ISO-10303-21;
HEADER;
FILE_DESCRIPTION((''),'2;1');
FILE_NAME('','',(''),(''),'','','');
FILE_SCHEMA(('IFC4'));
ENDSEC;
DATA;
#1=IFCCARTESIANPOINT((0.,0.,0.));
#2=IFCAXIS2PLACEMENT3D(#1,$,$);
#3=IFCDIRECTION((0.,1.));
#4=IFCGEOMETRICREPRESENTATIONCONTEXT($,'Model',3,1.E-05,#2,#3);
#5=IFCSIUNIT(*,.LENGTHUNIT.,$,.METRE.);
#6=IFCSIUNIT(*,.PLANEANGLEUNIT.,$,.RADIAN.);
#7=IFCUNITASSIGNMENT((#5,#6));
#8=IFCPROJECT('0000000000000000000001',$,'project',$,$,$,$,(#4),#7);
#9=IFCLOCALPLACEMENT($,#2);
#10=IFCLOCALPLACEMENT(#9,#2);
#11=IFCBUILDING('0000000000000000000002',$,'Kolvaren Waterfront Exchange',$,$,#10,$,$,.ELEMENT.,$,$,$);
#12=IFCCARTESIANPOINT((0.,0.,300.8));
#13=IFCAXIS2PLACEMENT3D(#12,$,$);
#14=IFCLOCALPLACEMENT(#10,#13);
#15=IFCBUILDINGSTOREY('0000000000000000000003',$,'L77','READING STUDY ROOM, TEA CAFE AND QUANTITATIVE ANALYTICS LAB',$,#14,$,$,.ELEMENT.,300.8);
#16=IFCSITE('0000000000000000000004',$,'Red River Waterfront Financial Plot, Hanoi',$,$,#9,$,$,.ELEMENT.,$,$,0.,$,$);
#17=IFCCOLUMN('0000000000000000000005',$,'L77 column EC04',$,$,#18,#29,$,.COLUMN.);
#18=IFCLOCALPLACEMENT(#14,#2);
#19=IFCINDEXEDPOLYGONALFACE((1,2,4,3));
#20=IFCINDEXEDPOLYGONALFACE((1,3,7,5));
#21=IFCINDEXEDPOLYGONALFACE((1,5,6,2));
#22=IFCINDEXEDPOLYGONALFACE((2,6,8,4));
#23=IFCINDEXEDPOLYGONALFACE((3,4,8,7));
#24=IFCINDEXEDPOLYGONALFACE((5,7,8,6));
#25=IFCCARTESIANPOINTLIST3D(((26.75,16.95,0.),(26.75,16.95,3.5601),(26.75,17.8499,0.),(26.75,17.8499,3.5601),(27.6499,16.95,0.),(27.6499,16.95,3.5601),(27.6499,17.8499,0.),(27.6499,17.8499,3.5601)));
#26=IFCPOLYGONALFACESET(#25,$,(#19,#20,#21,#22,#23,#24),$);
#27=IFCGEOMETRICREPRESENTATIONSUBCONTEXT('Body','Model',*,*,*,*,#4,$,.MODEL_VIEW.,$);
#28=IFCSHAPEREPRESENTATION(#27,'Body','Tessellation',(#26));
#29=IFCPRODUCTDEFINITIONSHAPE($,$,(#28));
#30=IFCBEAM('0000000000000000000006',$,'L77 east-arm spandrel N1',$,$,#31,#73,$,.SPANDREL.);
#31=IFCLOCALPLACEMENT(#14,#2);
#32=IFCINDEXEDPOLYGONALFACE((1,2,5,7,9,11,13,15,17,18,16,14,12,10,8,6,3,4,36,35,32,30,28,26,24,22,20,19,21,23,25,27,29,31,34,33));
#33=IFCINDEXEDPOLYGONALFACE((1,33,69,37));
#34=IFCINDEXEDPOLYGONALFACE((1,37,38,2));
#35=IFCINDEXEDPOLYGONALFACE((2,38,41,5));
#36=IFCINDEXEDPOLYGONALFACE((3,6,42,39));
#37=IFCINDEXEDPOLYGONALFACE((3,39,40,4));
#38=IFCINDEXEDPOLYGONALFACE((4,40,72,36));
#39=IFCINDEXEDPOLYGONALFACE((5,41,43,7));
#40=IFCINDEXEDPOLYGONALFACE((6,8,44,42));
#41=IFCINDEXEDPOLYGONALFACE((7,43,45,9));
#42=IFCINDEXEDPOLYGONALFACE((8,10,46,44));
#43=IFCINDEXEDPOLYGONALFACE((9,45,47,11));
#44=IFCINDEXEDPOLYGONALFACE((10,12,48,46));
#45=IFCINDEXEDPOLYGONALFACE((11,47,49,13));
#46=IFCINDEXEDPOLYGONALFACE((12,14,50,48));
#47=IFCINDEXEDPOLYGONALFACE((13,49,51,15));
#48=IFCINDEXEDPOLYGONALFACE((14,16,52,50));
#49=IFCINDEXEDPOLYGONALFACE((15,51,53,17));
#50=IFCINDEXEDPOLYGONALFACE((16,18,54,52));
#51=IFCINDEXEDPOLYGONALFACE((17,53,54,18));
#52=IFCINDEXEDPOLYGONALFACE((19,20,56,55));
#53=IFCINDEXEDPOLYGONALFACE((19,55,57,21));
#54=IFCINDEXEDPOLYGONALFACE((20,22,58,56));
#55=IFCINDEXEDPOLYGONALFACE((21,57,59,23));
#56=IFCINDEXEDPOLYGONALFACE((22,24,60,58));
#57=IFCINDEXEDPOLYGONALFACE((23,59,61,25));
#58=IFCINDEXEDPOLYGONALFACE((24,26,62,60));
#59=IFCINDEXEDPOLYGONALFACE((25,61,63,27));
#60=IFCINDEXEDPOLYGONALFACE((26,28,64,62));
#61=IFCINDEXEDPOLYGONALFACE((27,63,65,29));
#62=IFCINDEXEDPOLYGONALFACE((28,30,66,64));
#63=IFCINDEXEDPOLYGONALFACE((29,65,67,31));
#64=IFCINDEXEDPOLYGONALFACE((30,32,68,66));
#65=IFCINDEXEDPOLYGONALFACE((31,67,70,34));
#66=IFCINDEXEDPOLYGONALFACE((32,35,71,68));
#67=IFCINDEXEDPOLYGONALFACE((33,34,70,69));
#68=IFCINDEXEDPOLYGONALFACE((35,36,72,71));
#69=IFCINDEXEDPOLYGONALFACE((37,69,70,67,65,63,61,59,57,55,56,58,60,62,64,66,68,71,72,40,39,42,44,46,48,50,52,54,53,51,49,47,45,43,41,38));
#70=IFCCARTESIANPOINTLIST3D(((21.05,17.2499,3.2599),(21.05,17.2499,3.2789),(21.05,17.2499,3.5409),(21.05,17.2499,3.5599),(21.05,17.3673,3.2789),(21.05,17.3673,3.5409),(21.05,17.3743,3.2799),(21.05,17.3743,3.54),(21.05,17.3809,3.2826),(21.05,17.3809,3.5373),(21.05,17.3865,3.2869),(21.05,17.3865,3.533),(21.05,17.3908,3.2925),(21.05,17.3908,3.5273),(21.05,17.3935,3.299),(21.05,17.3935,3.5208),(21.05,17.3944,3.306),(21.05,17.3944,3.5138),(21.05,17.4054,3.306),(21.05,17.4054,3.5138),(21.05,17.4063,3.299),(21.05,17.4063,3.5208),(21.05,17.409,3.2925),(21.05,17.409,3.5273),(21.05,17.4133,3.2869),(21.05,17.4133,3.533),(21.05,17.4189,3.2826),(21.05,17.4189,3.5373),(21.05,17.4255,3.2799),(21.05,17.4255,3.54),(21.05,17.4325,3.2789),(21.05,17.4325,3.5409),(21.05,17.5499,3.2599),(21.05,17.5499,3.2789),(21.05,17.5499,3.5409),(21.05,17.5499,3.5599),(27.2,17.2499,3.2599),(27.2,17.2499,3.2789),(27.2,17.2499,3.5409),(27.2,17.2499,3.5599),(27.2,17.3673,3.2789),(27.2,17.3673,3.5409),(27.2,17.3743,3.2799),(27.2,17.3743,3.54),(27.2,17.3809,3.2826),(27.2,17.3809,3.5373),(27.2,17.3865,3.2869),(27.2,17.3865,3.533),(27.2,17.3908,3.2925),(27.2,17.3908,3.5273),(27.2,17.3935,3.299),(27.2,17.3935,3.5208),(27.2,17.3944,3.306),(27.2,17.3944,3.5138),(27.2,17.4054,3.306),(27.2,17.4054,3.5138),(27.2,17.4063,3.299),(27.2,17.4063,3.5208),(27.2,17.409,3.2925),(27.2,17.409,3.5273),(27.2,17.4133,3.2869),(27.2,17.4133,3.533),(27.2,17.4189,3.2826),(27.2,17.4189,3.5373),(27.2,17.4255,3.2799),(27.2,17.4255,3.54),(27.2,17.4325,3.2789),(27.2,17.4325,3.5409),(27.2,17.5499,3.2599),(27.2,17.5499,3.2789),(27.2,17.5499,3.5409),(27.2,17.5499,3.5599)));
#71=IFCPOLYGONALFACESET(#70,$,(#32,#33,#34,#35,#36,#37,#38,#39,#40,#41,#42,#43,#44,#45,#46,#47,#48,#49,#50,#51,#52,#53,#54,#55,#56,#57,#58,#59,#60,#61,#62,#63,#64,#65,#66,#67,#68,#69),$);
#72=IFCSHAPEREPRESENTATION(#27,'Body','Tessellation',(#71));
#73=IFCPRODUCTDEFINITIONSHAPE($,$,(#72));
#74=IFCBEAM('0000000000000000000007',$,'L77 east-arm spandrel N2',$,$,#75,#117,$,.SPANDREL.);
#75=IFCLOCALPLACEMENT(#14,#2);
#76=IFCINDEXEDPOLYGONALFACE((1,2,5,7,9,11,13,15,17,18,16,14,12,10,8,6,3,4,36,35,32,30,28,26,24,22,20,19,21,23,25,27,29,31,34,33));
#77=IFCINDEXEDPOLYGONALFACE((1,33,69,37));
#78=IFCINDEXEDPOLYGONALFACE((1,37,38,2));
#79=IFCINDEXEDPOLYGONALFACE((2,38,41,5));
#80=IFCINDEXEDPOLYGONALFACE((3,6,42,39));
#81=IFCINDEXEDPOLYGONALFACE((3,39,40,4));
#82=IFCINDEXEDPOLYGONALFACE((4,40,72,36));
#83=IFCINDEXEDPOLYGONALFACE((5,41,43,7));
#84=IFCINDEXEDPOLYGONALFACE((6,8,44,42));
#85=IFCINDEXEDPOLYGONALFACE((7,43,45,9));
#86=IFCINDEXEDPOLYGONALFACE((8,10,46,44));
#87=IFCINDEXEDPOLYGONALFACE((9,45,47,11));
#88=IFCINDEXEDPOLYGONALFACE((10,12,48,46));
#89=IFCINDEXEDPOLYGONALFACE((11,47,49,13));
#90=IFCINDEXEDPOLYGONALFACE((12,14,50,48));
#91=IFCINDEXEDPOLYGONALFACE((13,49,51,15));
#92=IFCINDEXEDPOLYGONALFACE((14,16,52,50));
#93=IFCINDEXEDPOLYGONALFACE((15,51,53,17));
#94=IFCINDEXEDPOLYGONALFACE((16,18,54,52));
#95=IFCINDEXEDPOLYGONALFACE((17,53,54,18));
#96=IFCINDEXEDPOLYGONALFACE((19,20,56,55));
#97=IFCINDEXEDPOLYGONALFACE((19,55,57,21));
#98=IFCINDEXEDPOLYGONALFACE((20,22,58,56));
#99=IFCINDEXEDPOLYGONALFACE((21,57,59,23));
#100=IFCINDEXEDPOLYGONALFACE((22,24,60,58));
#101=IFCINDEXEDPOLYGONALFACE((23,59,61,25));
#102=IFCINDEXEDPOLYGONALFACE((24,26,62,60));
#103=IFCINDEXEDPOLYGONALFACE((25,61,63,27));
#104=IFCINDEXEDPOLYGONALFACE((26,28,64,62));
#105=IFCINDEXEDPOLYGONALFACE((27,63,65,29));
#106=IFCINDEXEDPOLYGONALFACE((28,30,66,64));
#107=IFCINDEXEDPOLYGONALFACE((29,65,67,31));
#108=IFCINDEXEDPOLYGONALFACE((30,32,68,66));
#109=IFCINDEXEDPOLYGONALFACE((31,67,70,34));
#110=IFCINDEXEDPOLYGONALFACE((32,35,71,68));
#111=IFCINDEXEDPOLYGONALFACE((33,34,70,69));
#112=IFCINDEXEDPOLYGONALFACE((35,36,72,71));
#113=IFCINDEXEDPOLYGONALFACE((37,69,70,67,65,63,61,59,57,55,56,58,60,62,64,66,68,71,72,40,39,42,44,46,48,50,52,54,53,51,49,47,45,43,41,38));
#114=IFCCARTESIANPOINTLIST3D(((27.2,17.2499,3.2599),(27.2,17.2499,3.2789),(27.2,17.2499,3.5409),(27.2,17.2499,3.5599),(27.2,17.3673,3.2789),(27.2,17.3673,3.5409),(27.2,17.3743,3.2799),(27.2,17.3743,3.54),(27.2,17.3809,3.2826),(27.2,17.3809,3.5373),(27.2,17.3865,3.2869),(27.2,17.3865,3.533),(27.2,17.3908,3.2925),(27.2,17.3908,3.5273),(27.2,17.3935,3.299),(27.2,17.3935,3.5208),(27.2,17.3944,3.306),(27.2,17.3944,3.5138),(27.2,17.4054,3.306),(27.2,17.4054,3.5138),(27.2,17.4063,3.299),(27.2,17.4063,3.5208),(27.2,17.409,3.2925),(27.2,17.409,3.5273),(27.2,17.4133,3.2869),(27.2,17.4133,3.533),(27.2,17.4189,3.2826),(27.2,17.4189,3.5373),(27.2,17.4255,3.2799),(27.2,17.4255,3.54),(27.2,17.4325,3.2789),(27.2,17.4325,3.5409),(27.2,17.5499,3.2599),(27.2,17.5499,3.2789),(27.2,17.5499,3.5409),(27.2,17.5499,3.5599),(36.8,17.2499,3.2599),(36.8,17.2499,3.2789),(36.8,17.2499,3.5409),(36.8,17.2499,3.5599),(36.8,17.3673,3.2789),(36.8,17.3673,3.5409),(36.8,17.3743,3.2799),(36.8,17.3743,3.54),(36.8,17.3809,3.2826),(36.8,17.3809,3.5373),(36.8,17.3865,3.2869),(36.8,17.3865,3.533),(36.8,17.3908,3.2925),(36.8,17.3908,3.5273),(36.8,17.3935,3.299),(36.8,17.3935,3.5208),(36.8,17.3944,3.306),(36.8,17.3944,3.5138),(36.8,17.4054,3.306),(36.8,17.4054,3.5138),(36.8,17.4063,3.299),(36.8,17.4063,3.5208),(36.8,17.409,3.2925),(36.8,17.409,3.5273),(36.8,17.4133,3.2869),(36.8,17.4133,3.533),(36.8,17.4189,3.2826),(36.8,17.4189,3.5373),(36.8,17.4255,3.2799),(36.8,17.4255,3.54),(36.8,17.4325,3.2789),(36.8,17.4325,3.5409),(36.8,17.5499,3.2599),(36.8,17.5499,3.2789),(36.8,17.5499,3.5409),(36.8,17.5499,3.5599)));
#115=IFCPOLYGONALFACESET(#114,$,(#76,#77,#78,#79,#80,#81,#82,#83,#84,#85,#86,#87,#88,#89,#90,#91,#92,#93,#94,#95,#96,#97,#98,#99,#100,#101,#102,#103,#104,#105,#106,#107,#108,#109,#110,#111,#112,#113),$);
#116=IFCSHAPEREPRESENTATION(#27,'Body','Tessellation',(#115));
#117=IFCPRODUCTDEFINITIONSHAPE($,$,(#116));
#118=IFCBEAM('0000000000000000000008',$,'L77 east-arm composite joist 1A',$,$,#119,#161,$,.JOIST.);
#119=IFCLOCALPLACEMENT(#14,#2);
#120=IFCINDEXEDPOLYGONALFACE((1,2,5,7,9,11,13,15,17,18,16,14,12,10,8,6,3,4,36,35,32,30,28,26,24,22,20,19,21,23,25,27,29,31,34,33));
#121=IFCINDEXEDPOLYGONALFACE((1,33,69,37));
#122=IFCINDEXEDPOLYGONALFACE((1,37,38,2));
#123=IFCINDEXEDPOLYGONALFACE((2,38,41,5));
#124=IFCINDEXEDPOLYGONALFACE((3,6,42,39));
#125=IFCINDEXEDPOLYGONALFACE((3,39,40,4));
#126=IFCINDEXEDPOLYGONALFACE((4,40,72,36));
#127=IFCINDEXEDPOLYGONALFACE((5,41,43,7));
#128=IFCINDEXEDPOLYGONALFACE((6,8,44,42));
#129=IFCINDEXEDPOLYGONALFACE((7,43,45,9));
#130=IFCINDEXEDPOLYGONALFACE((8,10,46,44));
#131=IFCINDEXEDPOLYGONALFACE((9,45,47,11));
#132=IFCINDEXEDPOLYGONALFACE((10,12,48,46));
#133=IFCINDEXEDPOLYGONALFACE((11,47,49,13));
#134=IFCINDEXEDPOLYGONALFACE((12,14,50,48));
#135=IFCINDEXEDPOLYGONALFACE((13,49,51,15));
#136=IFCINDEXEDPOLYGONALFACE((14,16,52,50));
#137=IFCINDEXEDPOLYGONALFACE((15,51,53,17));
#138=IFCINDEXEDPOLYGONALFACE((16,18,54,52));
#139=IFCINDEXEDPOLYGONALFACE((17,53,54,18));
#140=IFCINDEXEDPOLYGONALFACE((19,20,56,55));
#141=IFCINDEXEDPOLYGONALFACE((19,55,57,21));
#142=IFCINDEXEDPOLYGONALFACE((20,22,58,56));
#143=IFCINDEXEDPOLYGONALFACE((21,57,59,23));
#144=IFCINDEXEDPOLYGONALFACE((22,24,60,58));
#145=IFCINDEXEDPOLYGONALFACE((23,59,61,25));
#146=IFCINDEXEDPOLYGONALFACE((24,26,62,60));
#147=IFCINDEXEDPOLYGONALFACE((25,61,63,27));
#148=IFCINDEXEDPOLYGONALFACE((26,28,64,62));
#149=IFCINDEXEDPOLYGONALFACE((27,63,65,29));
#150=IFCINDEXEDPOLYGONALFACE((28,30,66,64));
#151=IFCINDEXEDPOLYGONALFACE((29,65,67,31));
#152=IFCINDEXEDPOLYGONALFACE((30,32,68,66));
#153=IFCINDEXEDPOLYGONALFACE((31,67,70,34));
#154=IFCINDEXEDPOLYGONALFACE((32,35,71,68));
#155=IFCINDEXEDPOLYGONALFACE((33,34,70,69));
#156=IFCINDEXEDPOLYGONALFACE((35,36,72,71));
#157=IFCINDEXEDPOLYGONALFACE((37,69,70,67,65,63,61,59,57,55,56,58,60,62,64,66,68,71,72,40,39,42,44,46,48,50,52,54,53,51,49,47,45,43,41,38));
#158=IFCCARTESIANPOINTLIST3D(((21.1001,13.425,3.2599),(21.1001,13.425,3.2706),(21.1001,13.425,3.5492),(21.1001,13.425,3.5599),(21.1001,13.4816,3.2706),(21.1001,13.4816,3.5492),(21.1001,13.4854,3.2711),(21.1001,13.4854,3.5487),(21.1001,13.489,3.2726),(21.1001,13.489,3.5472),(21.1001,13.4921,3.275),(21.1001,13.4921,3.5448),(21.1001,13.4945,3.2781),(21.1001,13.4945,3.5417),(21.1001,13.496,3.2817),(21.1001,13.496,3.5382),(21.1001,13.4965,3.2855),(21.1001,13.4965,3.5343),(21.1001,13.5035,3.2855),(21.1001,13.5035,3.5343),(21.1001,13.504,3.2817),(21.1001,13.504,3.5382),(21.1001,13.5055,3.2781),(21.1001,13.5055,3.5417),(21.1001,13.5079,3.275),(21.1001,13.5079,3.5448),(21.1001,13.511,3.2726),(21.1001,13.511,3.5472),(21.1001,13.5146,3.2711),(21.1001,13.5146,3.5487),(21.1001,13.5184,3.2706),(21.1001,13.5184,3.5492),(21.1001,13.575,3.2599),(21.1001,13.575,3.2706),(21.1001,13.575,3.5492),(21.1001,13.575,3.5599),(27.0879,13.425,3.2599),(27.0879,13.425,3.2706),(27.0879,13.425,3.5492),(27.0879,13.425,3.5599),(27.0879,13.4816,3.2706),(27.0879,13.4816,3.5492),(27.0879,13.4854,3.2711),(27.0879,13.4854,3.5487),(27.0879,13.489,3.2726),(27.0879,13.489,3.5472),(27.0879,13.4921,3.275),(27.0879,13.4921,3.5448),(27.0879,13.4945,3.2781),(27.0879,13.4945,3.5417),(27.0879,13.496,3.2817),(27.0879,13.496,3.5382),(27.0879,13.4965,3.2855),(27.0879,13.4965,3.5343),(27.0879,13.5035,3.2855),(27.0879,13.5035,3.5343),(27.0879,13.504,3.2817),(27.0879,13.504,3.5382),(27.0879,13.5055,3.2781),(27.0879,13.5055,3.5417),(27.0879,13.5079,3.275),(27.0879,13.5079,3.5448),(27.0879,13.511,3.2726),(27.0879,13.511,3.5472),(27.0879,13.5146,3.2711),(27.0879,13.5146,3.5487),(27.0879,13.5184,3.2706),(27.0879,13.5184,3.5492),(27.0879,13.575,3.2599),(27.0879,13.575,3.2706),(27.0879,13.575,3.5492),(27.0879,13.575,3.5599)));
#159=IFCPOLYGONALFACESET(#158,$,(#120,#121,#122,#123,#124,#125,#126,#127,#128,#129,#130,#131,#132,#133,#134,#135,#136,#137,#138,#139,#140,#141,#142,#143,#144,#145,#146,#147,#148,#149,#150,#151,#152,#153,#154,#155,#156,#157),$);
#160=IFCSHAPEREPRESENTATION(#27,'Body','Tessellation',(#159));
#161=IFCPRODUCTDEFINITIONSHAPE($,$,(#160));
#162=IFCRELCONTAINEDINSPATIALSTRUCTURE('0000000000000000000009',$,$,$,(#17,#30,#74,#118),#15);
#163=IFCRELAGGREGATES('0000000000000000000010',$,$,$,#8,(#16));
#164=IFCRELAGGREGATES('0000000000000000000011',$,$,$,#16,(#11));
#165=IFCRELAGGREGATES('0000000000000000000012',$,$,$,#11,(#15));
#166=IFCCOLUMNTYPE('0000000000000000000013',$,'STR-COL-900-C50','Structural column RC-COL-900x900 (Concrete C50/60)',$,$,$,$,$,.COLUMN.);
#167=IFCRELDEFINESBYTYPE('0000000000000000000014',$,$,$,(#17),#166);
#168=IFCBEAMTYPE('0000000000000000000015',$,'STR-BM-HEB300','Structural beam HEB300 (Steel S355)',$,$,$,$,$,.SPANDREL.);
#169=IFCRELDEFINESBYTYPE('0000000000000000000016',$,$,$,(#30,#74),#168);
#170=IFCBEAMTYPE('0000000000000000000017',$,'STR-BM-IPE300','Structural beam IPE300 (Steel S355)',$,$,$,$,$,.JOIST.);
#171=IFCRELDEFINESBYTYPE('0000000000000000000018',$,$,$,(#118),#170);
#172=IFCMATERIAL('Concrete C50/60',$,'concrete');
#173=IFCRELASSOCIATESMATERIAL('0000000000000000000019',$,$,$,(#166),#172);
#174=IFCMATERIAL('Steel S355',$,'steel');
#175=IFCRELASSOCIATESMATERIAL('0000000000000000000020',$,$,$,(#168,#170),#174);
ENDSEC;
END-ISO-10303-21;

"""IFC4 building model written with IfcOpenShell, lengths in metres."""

from ifc_helpers import new_model, si_unit, direction, frame, origin, origin_2d, place, context, subcontext, project, spatial, rectangle, i_section, extrude, material, material_profile, profile_set, type_object, element, save


model = new_model("IFC4")

# Units and contexts
model_context = context("Model", 3, precision=1e-05, world=origin(), true_north=direction((0.0, 1.0)))
body_context = subcontext(model_context, "Body", "Model", "MODEL_VIEW")
ifc_project = project(units=[si_unit("LENGTHUNIT", "METRE"), si_unit("PLANEANGLEUNIT", "RADIAN")], contexts=[model_context])

# Site, building, storey
site_placement = place(None, origin())
site = spatial("IfcSite", under=ifc_project, at=site_placement, Name="Red River Waterfront Financial Plot, Hanoi", CompositionType="ELEMENT", RefElevation=0.0)
building_placement = place(site_placement, origin())
building = spatial("IfcBuilding", under=site, at=building_placement, Name="Kolvaren Waterfront Exchange", CompositionType="ELEMENT")
storey_placement = place(building_placement, frame((0.0, 0.0, 300.8)))
storey = spatial("IfcBuildingStorey", under=building, at=storey_placement, Name="L77", Description="READING STUDY ROOM, TEA CAFE AND QUANTITATIVE ANALYTICS LAB", CompositionType="ELEMENT", Elevation=300.8)

# Column
ifc_material_1 = material(Name="Concrete C50/60", Category="concrete")
ifc_material_profile_1 = material_profile(ifc_material_1, rectangle(XDim=0.8999, YDim=0.8999, at=origin_2d()), Name="RC-COL-900x900")
ifc_profile_set_1 = profile_set([ifc_material_profile_1], Name="Concrete C50/60")
column_type = type_object("IfcColumnType", Name="STR-COL-900-C50", Description="Structural column RC-COL-900x900 (Concrete C50/60)", PredefinedType="COLUMN", material=ifc_profile_set_1)
column_placement = place(storey_placement, frame((27.2, 17.3999, 0.0), z_axis=(0.0, 0.0, 1.0), x_axis=(1.0, 0.0, 0.0)))
element("IfcColumn", 1, at=column_placement, inside=storey, type_object=column_type, Name="L77 column EC04", PredefinedType="COLUMN", context=body_context, shape_type="SweptSolid", body=[
    extrude(rectangle(XDim=0.8999, YDim=0.8999, at=origin_2d()), origin(), (0.0, 0.0, 1.0), 3.5601),
])

# Beams
ifc_material_2 = material(Name="Steel S355", Category="steel")
ifc_material_profile_2 = material_profile(ifc_material_2, i_section(OverallWidth=0.3, OverallDepth=0.3, WebThickness=0.011, FlangeThickness=0.019, FilletRadius=0.0271, at=origin_2d()), Name="HEB300")
ifc_profile_set_2 = profile_set([ifc_material_profile_2], Name="Steel S355")
beam_type_1 = type_object("IfcBeamType", Name="STR-BM-HEB300", Description="Structural beam HEB300 (Steel S355)", PredefinedType="SPANDREL", material=ifc_profile_set_2)
beam_1_placement = place(storey_placement, frame((21.05, 17.3999, 3.4099), z_axis=(1.0, 0.0, 0.0), x_axis=(0.0, 1.0, 0.0)))
element("IfcBeam", 2, at=beam_1_placement, inside=storey, type_object=beam_type_1, Name="L77 east-arm spandrel N1", PredefinedType="SPANDREL", context=body_context, shape_type="SweptSolid", body=[
    extrude(i_section(OverallWidth=0.3, OverallDepth=0.3, WebThickness=0.011, FlangeThickness=0.019, FilletRadius=0.0271, at=origin_2d()), origin(), (0.0, 0.0, 1.0), 6.1499),
])
beam_2_placement = place(storey_placement, frame((27.2, 17.3999, 3.4099), z_axis=(1.0, 0.0, 0.0), x_axis=(0.0, 1.0, 0.0)))
element("IfcBeam", 3, at=beam_2_placement, inside=storey, type_object=beam_type_1, Name="L77 east-arm spandrel N2", PredefinedType="SPANDREL", context=body_context, shape_type="SweptSolid", body=[
    extrude(i_section(OverallWidth=0.3, OverallDepth=0.3, WebThickness=0.011, FlangeThickness=0.019, FilletRadius=0.0271, at=origin_2d()), origin(), (0.0, 0.0, 1.0), 9.6001),
])
ifc_material_profile_3 = material_profile(ifc_material_2, i_section(OverallWidth=0.1499, OverallDepth=0.3, WebThickness=0.0071, FlangeThickness=0.0107, FilletRadius=0.0149, at=origin_2d()), Name="IPE300")
ifc_profile_set_3 = profile_set([ifc_material_profile_3], Name="Steel S355")
beam_type_2 = type_object("IfcBeamType", Name="STR-BM-IPE300", Description="Structural beam IPE300 (Steel S355)", PredefinedType="JOIST", material=ifc_profile_set_3)
for number, where, z_axis, x_axis, name in (
    (4, (21.1001, 13.5, 3.4099), (1.0, 0.0, 0.0), (0.0, 1.0, 0.0), "L77 east-arm composite joist 1A"),
):
    element("IfcBeam", number, at=place(storey_placement, frame(where, z_axis=z_axis, x_axis=x_axis)), inside=storey, type_object=beam_type_2, Name=name, PredefinedType="JOIST", context=body_context, shape_type="SweptSolid", body=[
        extrude(i_section(OverallWidth=0.1499, OverallDepth=0.3, WebThickness=0.0071, FlangeThickness=0.0107, FilletRadius=0.0149, at=origin_2d()), origin(), (0.0, 0.0, 1.0), 5.9878),
    ])

save(model, "model.ifc")
